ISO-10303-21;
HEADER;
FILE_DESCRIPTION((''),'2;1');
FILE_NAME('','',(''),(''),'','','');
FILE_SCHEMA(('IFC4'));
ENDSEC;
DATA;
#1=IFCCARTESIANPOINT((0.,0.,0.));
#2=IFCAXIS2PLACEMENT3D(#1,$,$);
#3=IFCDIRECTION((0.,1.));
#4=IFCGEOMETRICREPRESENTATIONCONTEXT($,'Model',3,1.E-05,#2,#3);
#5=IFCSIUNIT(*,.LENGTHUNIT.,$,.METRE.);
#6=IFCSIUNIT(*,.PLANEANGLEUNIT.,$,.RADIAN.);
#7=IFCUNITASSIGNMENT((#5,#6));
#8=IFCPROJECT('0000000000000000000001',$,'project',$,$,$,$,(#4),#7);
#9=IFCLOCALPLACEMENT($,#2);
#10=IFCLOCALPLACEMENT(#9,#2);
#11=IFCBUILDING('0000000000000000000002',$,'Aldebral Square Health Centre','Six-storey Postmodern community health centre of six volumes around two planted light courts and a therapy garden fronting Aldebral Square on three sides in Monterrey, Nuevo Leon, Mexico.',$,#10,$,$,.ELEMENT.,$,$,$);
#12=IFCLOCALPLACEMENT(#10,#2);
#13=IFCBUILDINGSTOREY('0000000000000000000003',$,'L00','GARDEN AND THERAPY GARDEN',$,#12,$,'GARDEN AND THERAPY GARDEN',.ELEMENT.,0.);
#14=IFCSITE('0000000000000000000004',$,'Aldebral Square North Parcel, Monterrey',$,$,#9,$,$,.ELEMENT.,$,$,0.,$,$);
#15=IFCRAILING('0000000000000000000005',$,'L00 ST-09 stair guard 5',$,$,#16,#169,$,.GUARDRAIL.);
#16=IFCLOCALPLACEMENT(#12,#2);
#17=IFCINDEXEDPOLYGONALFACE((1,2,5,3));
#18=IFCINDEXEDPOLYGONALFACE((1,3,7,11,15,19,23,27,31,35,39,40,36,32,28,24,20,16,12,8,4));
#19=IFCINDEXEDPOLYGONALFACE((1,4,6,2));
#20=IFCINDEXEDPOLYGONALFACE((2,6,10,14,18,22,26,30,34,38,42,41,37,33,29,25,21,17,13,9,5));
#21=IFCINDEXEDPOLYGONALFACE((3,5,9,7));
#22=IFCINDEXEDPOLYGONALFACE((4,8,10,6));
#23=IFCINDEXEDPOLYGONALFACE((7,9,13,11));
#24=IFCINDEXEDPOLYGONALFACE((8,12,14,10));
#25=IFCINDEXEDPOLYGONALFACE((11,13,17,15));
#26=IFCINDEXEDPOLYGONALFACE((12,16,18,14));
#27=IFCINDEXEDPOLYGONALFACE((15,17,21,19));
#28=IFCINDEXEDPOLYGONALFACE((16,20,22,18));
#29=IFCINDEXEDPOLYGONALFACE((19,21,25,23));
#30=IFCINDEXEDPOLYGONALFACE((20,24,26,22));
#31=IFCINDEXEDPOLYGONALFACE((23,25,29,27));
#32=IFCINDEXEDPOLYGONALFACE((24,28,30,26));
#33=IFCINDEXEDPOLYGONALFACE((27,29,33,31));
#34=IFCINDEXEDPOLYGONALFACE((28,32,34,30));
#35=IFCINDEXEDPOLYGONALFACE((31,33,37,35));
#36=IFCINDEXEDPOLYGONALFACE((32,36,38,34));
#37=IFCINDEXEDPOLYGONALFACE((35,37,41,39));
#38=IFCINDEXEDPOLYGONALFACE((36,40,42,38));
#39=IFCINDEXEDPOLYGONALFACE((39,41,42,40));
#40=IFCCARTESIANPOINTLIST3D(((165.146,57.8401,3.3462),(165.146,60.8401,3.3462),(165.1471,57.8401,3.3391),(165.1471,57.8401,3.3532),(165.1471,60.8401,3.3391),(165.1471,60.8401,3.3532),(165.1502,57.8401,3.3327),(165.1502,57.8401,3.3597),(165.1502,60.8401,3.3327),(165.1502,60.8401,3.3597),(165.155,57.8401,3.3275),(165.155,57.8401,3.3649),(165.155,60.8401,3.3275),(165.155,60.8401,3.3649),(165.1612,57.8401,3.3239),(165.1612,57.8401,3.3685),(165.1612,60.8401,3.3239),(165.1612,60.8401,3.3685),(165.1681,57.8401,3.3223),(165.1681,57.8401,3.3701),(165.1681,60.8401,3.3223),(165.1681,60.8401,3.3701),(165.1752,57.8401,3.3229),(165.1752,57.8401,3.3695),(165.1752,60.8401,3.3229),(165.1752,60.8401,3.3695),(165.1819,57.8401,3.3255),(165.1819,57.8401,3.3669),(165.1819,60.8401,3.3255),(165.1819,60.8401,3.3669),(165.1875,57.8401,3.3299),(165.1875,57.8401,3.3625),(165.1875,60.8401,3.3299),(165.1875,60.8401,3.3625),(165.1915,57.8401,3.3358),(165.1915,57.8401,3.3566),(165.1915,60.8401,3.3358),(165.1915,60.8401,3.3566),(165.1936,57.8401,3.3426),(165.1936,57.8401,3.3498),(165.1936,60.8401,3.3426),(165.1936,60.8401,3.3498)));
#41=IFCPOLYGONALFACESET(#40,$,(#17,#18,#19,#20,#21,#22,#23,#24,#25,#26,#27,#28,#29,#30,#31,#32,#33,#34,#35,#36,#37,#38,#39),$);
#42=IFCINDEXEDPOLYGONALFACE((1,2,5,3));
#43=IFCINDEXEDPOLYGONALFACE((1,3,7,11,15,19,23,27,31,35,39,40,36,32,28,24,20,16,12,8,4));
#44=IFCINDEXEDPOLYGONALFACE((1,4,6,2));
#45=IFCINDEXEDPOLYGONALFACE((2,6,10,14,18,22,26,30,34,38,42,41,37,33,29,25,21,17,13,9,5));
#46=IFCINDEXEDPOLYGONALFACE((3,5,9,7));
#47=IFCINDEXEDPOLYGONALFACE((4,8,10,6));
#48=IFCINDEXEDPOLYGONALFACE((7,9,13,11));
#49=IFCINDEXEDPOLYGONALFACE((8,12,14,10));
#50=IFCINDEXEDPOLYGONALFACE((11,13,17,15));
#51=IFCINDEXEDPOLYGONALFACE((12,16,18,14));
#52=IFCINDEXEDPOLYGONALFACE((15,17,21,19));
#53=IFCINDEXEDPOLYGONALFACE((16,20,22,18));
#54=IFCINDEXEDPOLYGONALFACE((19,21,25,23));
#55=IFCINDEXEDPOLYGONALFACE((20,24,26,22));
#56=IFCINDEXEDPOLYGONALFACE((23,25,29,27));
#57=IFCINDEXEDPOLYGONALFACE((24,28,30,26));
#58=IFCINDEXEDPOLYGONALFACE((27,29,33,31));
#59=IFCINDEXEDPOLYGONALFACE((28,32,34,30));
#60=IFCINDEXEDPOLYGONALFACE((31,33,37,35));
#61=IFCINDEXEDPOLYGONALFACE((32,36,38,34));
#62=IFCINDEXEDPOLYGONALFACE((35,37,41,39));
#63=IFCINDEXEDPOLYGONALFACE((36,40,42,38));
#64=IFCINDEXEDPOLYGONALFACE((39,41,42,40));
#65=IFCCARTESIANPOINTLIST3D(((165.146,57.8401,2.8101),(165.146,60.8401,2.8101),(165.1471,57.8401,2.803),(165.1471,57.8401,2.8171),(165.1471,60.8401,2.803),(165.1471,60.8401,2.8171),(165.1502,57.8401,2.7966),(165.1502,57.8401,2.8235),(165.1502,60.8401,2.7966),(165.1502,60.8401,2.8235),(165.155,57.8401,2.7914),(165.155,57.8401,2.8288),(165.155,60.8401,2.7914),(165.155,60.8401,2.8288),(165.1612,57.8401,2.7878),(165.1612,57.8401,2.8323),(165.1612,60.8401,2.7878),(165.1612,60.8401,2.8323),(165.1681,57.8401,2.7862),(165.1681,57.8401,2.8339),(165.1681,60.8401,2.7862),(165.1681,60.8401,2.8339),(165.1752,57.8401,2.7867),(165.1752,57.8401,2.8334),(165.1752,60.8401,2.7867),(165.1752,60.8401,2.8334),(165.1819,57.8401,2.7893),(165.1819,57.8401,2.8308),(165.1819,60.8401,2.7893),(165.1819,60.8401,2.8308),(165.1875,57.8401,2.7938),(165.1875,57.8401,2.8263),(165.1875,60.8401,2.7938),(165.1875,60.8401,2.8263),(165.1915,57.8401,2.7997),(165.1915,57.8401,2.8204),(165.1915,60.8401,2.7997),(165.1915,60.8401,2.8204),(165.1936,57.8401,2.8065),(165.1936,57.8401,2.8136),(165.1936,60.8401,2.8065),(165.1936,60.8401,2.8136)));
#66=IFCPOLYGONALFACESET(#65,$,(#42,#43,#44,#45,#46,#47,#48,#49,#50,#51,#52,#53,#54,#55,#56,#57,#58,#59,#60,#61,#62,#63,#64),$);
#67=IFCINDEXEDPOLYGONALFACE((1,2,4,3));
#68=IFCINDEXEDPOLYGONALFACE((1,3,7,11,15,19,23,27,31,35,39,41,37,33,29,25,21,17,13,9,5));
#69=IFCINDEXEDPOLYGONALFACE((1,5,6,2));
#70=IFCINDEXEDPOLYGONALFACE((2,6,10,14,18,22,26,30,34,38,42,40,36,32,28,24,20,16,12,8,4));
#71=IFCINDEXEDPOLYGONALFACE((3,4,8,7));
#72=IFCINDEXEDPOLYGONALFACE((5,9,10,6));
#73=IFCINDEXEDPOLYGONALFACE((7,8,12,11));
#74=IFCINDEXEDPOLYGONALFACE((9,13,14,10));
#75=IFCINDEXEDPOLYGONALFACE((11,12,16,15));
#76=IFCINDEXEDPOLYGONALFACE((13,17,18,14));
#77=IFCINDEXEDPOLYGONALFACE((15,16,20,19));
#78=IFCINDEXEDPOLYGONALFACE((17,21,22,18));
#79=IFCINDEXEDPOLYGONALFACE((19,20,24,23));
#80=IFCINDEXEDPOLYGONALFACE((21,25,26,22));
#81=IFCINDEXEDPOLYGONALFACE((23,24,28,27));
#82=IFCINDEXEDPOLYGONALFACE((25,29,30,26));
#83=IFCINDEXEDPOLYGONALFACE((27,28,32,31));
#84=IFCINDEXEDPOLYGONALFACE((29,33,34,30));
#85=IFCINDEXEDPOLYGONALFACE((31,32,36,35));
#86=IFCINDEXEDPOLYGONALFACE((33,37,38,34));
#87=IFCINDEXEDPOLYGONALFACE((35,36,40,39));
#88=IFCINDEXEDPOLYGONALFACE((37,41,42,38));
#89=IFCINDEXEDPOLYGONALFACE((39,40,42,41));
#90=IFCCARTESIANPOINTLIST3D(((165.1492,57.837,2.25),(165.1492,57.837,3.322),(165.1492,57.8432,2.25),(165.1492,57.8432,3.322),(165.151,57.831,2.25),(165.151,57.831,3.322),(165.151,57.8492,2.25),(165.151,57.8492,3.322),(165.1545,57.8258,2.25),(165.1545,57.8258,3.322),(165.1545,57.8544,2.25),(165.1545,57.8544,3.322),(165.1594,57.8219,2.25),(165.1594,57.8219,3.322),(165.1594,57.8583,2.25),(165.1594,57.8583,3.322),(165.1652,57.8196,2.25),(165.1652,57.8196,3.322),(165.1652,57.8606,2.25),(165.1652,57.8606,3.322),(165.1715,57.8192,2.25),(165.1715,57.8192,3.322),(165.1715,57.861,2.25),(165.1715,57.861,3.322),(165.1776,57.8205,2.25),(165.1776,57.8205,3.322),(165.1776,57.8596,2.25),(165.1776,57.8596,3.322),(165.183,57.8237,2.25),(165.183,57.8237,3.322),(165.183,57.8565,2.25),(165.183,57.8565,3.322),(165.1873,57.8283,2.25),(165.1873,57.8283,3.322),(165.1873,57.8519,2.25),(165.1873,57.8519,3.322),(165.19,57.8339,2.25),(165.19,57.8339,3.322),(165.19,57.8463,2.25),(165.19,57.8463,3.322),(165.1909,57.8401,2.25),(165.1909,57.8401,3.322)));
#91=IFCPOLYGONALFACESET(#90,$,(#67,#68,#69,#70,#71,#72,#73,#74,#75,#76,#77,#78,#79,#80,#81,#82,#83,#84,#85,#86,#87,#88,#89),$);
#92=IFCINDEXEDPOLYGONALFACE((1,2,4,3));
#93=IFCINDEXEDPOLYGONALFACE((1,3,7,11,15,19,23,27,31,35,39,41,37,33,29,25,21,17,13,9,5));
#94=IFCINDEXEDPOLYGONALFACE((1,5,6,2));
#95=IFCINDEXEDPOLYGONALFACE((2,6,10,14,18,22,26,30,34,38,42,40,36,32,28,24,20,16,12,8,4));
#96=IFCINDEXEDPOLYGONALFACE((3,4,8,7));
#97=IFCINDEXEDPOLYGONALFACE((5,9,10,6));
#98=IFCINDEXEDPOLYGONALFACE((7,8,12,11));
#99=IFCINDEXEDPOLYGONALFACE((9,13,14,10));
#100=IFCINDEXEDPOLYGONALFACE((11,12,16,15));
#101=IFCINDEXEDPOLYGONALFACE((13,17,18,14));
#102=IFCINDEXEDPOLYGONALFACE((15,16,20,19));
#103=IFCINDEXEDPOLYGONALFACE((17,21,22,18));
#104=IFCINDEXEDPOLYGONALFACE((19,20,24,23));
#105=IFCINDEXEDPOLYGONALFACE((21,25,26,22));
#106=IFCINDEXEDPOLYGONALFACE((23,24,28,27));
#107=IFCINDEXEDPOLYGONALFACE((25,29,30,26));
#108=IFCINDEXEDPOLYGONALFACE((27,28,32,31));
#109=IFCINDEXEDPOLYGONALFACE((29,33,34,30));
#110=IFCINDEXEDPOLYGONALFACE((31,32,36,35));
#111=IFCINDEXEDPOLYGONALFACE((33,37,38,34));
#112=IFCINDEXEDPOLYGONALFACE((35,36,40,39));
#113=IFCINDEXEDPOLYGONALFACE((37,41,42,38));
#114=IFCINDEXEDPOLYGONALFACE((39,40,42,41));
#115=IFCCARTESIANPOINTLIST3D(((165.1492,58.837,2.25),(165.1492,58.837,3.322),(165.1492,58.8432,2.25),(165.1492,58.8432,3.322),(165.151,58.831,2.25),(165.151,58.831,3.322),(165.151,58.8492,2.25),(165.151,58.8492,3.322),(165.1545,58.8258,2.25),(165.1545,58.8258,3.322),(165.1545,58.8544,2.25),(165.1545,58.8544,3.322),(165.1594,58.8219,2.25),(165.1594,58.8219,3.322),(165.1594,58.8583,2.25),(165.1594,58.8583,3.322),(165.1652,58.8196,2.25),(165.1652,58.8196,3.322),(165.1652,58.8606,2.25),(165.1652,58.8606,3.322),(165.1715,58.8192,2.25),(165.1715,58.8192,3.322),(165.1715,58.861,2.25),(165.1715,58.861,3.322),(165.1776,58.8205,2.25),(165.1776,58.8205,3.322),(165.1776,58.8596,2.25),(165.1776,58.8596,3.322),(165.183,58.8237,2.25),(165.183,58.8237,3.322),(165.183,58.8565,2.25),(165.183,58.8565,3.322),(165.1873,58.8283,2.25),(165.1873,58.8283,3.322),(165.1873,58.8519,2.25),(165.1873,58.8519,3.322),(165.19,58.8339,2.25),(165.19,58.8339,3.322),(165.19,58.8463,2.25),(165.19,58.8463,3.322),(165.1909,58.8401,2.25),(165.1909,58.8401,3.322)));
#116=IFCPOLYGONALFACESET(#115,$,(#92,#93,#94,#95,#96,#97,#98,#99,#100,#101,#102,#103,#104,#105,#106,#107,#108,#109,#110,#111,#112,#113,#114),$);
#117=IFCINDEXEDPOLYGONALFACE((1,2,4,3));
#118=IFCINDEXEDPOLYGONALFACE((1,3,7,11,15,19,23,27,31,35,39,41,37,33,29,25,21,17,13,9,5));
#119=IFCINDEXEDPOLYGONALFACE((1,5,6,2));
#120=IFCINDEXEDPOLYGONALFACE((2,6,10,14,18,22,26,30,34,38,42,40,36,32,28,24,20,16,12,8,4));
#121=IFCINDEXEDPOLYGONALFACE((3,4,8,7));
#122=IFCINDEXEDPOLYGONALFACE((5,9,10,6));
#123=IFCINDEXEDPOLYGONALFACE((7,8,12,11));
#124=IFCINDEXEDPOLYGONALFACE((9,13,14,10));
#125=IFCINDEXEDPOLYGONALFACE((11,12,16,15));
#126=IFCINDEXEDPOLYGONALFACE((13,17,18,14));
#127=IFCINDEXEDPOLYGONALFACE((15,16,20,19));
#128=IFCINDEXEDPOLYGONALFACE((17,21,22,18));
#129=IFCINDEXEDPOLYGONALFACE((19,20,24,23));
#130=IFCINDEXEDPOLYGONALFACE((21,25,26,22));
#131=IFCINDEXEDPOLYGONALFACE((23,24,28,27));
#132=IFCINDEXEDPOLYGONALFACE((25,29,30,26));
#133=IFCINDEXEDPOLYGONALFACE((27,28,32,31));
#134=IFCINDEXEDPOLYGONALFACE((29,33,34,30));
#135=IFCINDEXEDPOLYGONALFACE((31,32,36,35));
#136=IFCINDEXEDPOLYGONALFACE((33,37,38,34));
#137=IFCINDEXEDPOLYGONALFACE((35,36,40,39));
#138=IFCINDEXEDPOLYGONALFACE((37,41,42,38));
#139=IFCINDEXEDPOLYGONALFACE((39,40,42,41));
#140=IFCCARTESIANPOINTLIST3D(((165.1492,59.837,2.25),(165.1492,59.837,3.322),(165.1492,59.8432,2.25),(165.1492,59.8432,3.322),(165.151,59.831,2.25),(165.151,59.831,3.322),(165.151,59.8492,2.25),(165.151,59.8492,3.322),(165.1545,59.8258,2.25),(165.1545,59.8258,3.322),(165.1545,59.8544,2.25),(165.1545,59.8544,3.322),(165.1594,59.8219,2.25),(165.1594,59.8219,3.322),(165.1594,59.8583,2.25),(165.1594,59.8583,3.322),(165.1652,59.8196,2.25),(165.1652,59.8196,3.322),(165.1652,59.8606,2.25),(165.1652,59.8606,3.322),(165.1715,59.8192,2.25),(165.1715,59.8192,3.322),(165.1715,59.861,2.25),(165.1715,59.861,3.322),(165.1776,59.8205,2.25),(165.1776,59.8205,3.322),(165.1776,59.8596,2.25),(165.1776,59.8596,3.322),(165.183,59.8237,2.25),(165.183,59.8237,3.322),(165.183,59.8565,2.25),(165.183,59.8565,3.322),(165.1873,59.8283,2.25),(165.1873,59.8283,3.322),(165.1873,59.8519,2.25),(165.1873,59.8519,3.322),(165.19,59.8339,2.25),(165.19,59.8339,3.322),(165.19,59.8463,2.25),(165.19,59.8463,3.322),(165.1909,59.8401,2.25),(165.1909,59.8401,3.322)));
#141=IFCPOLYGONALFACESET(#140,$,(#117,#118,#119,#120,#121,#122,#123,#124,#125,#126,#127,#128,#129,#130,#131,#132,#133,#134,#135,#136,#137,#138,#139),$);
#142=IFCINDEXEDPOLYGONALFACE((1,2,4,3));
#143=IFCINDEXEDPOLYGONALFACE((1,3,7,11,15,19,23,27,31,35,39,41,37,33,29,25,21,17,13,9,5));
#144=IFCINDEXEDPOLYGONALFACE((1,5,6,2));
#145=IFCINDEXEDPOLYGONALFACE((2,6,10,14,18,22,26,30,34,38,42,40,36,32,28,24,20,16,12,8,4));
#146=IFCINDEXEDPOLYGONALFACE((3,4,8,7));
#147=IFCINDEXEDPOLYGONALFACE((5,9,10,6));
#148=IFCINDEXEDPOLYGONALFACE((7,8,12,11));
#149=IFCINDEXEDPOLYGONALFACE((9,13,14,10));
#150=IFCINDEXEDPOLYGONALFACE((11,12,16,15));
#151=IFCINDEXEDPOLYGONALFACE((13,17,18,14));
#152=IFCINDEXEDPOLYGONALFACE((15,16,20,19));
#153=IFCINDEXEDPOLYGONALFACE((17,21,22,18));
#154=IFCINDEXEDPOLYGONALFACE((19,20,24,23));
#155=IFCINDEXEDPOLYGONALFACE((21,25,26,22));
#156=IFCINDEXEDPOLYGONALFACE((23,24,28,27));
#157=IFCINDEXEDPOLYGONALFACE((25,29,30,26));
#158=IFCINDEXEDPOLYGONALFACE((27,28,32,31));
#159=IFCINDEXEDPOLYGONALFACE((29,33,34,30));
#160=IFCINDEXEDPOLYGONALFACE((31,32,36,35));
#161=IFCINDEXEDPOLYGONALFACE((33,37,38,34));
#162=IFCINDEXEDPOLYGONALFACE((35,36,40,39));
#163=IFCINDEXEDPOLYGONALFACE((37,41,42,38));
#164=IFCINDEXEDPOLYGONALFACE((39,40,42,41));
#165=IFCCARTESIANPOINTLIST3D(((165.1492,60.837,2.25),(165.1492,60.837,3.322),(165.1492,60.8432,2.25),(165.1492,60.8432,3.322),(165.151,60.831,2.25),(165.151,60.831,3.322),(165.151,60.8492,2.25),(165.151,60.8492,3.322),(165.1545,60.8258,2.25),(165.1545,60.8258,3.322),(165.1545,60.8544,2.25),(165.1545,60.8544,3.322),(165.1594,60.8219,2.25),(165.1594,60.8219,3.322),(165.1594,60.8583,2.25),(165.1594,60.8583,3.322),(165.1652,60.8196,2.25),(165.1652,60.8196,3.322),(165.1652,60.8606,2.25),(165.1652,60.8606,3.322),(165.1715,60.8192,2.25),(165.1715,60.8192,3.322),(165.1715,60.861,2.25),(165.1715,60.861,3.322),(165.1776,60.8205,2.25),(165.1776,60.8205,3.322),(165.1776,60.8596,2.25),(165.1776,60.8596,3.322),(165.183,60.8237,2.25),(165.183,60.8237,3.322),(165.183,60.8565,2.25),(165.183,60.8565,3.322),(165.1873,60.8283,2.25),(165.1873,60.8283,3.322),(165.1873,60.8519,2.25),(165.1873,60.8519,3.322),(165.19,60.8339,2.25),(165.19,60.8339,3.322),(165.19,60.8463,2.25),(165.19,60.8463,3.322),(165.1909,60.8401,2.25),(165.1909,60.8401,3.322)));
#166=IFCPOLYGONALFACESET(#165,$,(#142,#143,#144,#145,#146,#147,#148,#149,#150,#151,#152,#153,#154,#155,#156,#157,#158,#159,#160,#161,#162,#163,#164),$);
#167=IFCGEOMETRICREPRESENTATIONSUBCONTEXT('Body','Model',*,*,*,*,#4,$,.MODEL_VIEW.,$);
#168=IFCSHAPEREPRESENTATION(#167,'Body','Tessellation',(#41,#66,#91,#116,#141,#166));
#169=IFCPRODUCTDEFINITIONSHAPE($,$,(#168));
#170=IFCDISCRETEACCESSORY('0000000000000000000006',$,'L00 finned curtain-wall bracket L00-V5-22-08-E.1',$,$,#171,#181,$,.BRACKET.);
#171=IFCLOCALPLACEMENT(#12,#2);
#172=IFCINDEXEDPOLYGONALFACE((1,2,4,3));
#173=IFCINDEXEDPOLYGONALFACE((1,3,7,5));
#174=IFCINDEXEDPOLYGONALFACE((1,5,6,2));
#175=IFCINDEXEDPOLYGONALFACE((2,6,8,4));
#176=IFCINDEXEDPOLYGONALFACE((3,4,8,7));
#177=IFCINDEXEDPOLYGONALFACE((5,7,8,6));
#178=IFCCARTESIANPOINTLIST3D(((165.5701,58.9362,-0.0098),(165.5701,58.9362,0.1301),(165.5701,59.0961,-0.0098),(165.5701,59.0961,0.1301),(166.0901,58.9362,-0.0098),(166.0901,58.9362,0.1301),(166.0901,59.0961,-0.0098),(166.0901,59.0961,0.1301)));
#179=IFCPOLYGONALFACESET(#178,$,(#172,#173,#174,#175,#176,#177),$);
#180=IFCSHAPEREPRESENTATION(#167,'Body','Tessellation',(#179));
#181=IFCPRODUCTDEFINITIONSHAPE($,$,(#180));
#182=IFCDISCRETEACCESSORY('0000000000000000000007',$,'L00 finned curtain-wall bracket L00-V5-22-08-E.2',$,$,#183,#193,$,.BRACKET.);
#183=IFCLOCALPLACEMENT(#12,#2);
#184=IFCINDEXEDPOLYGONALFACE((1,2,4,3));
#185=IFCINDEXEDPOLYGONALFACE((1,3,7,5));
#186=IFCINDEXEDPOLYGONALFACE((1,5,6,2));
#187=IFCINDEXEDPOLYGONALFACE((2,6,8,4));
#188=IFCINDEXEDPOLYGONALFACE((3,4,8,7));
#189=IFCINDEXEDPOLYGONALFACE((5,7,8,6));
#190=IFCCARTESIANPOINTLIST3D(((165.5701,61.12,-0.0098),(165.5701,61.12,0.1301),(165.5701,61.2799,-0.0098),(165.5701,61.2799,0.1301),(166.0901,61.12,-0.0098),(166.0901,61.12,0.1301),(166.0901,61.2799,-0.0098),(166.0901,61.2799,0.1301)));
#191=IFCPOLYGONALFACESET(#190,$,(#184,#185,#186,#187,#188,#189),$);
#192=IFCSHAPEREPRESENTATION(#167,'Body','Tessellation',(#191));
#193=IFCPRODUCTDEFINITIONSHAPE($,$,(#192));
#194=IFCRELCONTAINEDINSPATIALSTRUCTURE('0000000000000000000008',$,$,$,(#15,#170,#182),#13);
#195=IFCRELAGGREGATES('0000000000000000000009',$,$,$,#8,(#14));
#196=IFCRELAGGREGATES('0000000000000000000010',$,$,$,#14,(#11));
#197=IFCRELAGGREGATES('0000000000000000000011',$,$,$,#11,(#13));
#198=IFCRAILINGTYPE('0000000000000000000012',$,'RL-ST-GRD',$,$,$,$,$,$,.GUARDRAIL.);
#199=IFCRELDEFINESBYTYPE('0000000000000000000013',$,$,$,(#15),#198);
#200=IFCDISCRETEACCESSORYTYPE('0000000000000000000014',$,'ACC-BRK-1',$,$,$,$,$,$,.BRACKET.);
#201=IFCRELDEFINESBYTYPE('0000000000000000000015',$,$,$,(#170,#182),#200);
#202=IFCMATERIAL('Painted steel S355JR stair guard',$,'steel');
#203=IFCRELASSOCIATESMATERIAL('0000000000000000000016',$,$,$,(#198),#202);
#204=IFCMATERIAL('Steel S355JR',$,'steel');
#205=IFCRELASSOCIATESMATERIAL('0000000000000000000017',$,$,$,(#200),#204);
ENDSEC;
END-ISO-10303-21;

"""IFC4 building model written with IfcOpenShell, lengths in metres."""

from ifc_helpers import new_model, si_unit, direction, frame, origin, origin_2d, place, context, subcontext, project, spatial, rectangle, circle, extrude, material, type_object, element, save


model = new_model("IFC4")

# Units and contexts
model_context = context("Model", 3, precision=1e-05, world=origin(), true_north=direction((0.0, 1.0)))
body_context = subcontext(model_context, "Body", "Model", "MODEL_VIEW")
ifc_project = project(units=[si_unit("LENGTHUNIT", "METRE"), si_unit("PLANEANGLEUNIT", "RADIAN")], contexts=[model_context])

# Site, building, storey
site_placement = place(None, origin())
site = spatial("IfcSite", under=ifc_project, at=site_placement, Name="Aldebral Square North Parcel, Monterrey", CompositionType="ELEMENT", RefElevation=0.0)
building_placement = place(site_placement, origin())
building = spatial("IfcBuilding", under=site, at=building_placement, Name="Aldebral Square Health Centre", Description="Six-storey Postmodern community health centre of six volumes around two planted light courts and a therapy garden fronting Aldebral Square on three sides in Monterrey, Nuevo Leon, Mexico.", CompositionType="ELEMENT")
storey_placement = place(building_placement, origin())
storey = spatial("IfcBuildingStorey", under=building, at=storey_placement, Name="L00", Description="GARDEN AND THERAPY GARDEN", LongName="GARDEN AND THERAPY GARDEN", CompositionType="ELEMENT", Elevation=0.0)

# Railing
ifc_material_1 = material(Name="Painted steel S355JR stair guard", Category="steel")
railing_type = type_object("IfcRailingType", Name="RL-ST-GRD", PredefinedType="GUARDRAIL", material=ifc_material_1)
railing_placement = place(storey_placement, frame((165.1699, 57.8401, 2.25)))
element("IfcRailing", 1, at=railing_placement, inside=storey, type_object=railing_type, Name="L00 ST-09 stair guard 5", PredefinedType="GUARDRAIL", context=body_context, shape_type="SweptSolid", body=[
    extrude(circle(Radius=0.0239, at=origin_2d()), frame((0.0, 0.0, 1.0962), z_axis=(0.0, 1.0, 0.0), x_axis=(-1.0, 0.0, 0.0)), (0.0, 0.0, 1.0), 3.0),
    extrude(circle(Radius=0.0239, at=origin_2d()), frame((0.0, 0.0, 0.5601), z_axis=(0.0, 1.0, 0.0), x_axis=(-1.0, 0.0, 0.0)), (0.0, 0.0, 1.0), 3.0),
    extrude(circle(Radius=0.021, at=origin_2d()), origin(), (0.0, 0.0, 1.0), 1.072),
    extrude(circle(Radius=0.021, at=origin_2d()), frame((0.0, 1.0, 0.0)), (0.0, 0.0, 1.0), 1.072),
    extrude(circle(Radius=0.021, at=origin_2d()), frame((0.0, 2.0, 0.0)), (0.0, 0.0, 1.0), 1.072),
    extrude(circle(Radius=0.021, at=origin_2d()), frame((0.0, 3.0, 0.0)), (0.0, 0.0, 1.0), 1.072),
])

# Discrete accessories
ifc_material_2 = material(Name="Steel S355JR", Category="steel")
discrete_accessory_type = type_object("IfcDiscreteAccessoryType", Name="ACC-BRK-1", PredefinedType="BRACKET", material=ifc_material_2)
for number, where, z_axis, x_axis, name in (
    (2, (165.8301, 59.0161, -0.0098), (0.0, 0.0, 1.0), (0.0, 1.0, 0.0), "L00 finned curtain-wall bracket L00-V5-22-08-E.1"),
    (3, (165.8301, 61.2, -0.0098), (0.0, 0.0, 1.0), (0.0, 1.0, 0.0), "L00 finned curtain-wall bracket L00-V5-22-08-E.2"),
):
    element("IfcDiscreteAccessory", number, at=place(storey_placement, frame(where, z_axis=z_axis, x_axis=x_axis)), inside=storey, type_object=discrete_accessory_type, Name=name, PredefinedType="BRACKET", context=body_context, shape_type="SweptSolid", body=[
        extrude(rectangle(XDim=0.1599, YDim=0.52, at=origin_2d()), origin(), (0.0, 0.0, 1.0), 0.1399),
    ])

save(model, "model.ifc")
